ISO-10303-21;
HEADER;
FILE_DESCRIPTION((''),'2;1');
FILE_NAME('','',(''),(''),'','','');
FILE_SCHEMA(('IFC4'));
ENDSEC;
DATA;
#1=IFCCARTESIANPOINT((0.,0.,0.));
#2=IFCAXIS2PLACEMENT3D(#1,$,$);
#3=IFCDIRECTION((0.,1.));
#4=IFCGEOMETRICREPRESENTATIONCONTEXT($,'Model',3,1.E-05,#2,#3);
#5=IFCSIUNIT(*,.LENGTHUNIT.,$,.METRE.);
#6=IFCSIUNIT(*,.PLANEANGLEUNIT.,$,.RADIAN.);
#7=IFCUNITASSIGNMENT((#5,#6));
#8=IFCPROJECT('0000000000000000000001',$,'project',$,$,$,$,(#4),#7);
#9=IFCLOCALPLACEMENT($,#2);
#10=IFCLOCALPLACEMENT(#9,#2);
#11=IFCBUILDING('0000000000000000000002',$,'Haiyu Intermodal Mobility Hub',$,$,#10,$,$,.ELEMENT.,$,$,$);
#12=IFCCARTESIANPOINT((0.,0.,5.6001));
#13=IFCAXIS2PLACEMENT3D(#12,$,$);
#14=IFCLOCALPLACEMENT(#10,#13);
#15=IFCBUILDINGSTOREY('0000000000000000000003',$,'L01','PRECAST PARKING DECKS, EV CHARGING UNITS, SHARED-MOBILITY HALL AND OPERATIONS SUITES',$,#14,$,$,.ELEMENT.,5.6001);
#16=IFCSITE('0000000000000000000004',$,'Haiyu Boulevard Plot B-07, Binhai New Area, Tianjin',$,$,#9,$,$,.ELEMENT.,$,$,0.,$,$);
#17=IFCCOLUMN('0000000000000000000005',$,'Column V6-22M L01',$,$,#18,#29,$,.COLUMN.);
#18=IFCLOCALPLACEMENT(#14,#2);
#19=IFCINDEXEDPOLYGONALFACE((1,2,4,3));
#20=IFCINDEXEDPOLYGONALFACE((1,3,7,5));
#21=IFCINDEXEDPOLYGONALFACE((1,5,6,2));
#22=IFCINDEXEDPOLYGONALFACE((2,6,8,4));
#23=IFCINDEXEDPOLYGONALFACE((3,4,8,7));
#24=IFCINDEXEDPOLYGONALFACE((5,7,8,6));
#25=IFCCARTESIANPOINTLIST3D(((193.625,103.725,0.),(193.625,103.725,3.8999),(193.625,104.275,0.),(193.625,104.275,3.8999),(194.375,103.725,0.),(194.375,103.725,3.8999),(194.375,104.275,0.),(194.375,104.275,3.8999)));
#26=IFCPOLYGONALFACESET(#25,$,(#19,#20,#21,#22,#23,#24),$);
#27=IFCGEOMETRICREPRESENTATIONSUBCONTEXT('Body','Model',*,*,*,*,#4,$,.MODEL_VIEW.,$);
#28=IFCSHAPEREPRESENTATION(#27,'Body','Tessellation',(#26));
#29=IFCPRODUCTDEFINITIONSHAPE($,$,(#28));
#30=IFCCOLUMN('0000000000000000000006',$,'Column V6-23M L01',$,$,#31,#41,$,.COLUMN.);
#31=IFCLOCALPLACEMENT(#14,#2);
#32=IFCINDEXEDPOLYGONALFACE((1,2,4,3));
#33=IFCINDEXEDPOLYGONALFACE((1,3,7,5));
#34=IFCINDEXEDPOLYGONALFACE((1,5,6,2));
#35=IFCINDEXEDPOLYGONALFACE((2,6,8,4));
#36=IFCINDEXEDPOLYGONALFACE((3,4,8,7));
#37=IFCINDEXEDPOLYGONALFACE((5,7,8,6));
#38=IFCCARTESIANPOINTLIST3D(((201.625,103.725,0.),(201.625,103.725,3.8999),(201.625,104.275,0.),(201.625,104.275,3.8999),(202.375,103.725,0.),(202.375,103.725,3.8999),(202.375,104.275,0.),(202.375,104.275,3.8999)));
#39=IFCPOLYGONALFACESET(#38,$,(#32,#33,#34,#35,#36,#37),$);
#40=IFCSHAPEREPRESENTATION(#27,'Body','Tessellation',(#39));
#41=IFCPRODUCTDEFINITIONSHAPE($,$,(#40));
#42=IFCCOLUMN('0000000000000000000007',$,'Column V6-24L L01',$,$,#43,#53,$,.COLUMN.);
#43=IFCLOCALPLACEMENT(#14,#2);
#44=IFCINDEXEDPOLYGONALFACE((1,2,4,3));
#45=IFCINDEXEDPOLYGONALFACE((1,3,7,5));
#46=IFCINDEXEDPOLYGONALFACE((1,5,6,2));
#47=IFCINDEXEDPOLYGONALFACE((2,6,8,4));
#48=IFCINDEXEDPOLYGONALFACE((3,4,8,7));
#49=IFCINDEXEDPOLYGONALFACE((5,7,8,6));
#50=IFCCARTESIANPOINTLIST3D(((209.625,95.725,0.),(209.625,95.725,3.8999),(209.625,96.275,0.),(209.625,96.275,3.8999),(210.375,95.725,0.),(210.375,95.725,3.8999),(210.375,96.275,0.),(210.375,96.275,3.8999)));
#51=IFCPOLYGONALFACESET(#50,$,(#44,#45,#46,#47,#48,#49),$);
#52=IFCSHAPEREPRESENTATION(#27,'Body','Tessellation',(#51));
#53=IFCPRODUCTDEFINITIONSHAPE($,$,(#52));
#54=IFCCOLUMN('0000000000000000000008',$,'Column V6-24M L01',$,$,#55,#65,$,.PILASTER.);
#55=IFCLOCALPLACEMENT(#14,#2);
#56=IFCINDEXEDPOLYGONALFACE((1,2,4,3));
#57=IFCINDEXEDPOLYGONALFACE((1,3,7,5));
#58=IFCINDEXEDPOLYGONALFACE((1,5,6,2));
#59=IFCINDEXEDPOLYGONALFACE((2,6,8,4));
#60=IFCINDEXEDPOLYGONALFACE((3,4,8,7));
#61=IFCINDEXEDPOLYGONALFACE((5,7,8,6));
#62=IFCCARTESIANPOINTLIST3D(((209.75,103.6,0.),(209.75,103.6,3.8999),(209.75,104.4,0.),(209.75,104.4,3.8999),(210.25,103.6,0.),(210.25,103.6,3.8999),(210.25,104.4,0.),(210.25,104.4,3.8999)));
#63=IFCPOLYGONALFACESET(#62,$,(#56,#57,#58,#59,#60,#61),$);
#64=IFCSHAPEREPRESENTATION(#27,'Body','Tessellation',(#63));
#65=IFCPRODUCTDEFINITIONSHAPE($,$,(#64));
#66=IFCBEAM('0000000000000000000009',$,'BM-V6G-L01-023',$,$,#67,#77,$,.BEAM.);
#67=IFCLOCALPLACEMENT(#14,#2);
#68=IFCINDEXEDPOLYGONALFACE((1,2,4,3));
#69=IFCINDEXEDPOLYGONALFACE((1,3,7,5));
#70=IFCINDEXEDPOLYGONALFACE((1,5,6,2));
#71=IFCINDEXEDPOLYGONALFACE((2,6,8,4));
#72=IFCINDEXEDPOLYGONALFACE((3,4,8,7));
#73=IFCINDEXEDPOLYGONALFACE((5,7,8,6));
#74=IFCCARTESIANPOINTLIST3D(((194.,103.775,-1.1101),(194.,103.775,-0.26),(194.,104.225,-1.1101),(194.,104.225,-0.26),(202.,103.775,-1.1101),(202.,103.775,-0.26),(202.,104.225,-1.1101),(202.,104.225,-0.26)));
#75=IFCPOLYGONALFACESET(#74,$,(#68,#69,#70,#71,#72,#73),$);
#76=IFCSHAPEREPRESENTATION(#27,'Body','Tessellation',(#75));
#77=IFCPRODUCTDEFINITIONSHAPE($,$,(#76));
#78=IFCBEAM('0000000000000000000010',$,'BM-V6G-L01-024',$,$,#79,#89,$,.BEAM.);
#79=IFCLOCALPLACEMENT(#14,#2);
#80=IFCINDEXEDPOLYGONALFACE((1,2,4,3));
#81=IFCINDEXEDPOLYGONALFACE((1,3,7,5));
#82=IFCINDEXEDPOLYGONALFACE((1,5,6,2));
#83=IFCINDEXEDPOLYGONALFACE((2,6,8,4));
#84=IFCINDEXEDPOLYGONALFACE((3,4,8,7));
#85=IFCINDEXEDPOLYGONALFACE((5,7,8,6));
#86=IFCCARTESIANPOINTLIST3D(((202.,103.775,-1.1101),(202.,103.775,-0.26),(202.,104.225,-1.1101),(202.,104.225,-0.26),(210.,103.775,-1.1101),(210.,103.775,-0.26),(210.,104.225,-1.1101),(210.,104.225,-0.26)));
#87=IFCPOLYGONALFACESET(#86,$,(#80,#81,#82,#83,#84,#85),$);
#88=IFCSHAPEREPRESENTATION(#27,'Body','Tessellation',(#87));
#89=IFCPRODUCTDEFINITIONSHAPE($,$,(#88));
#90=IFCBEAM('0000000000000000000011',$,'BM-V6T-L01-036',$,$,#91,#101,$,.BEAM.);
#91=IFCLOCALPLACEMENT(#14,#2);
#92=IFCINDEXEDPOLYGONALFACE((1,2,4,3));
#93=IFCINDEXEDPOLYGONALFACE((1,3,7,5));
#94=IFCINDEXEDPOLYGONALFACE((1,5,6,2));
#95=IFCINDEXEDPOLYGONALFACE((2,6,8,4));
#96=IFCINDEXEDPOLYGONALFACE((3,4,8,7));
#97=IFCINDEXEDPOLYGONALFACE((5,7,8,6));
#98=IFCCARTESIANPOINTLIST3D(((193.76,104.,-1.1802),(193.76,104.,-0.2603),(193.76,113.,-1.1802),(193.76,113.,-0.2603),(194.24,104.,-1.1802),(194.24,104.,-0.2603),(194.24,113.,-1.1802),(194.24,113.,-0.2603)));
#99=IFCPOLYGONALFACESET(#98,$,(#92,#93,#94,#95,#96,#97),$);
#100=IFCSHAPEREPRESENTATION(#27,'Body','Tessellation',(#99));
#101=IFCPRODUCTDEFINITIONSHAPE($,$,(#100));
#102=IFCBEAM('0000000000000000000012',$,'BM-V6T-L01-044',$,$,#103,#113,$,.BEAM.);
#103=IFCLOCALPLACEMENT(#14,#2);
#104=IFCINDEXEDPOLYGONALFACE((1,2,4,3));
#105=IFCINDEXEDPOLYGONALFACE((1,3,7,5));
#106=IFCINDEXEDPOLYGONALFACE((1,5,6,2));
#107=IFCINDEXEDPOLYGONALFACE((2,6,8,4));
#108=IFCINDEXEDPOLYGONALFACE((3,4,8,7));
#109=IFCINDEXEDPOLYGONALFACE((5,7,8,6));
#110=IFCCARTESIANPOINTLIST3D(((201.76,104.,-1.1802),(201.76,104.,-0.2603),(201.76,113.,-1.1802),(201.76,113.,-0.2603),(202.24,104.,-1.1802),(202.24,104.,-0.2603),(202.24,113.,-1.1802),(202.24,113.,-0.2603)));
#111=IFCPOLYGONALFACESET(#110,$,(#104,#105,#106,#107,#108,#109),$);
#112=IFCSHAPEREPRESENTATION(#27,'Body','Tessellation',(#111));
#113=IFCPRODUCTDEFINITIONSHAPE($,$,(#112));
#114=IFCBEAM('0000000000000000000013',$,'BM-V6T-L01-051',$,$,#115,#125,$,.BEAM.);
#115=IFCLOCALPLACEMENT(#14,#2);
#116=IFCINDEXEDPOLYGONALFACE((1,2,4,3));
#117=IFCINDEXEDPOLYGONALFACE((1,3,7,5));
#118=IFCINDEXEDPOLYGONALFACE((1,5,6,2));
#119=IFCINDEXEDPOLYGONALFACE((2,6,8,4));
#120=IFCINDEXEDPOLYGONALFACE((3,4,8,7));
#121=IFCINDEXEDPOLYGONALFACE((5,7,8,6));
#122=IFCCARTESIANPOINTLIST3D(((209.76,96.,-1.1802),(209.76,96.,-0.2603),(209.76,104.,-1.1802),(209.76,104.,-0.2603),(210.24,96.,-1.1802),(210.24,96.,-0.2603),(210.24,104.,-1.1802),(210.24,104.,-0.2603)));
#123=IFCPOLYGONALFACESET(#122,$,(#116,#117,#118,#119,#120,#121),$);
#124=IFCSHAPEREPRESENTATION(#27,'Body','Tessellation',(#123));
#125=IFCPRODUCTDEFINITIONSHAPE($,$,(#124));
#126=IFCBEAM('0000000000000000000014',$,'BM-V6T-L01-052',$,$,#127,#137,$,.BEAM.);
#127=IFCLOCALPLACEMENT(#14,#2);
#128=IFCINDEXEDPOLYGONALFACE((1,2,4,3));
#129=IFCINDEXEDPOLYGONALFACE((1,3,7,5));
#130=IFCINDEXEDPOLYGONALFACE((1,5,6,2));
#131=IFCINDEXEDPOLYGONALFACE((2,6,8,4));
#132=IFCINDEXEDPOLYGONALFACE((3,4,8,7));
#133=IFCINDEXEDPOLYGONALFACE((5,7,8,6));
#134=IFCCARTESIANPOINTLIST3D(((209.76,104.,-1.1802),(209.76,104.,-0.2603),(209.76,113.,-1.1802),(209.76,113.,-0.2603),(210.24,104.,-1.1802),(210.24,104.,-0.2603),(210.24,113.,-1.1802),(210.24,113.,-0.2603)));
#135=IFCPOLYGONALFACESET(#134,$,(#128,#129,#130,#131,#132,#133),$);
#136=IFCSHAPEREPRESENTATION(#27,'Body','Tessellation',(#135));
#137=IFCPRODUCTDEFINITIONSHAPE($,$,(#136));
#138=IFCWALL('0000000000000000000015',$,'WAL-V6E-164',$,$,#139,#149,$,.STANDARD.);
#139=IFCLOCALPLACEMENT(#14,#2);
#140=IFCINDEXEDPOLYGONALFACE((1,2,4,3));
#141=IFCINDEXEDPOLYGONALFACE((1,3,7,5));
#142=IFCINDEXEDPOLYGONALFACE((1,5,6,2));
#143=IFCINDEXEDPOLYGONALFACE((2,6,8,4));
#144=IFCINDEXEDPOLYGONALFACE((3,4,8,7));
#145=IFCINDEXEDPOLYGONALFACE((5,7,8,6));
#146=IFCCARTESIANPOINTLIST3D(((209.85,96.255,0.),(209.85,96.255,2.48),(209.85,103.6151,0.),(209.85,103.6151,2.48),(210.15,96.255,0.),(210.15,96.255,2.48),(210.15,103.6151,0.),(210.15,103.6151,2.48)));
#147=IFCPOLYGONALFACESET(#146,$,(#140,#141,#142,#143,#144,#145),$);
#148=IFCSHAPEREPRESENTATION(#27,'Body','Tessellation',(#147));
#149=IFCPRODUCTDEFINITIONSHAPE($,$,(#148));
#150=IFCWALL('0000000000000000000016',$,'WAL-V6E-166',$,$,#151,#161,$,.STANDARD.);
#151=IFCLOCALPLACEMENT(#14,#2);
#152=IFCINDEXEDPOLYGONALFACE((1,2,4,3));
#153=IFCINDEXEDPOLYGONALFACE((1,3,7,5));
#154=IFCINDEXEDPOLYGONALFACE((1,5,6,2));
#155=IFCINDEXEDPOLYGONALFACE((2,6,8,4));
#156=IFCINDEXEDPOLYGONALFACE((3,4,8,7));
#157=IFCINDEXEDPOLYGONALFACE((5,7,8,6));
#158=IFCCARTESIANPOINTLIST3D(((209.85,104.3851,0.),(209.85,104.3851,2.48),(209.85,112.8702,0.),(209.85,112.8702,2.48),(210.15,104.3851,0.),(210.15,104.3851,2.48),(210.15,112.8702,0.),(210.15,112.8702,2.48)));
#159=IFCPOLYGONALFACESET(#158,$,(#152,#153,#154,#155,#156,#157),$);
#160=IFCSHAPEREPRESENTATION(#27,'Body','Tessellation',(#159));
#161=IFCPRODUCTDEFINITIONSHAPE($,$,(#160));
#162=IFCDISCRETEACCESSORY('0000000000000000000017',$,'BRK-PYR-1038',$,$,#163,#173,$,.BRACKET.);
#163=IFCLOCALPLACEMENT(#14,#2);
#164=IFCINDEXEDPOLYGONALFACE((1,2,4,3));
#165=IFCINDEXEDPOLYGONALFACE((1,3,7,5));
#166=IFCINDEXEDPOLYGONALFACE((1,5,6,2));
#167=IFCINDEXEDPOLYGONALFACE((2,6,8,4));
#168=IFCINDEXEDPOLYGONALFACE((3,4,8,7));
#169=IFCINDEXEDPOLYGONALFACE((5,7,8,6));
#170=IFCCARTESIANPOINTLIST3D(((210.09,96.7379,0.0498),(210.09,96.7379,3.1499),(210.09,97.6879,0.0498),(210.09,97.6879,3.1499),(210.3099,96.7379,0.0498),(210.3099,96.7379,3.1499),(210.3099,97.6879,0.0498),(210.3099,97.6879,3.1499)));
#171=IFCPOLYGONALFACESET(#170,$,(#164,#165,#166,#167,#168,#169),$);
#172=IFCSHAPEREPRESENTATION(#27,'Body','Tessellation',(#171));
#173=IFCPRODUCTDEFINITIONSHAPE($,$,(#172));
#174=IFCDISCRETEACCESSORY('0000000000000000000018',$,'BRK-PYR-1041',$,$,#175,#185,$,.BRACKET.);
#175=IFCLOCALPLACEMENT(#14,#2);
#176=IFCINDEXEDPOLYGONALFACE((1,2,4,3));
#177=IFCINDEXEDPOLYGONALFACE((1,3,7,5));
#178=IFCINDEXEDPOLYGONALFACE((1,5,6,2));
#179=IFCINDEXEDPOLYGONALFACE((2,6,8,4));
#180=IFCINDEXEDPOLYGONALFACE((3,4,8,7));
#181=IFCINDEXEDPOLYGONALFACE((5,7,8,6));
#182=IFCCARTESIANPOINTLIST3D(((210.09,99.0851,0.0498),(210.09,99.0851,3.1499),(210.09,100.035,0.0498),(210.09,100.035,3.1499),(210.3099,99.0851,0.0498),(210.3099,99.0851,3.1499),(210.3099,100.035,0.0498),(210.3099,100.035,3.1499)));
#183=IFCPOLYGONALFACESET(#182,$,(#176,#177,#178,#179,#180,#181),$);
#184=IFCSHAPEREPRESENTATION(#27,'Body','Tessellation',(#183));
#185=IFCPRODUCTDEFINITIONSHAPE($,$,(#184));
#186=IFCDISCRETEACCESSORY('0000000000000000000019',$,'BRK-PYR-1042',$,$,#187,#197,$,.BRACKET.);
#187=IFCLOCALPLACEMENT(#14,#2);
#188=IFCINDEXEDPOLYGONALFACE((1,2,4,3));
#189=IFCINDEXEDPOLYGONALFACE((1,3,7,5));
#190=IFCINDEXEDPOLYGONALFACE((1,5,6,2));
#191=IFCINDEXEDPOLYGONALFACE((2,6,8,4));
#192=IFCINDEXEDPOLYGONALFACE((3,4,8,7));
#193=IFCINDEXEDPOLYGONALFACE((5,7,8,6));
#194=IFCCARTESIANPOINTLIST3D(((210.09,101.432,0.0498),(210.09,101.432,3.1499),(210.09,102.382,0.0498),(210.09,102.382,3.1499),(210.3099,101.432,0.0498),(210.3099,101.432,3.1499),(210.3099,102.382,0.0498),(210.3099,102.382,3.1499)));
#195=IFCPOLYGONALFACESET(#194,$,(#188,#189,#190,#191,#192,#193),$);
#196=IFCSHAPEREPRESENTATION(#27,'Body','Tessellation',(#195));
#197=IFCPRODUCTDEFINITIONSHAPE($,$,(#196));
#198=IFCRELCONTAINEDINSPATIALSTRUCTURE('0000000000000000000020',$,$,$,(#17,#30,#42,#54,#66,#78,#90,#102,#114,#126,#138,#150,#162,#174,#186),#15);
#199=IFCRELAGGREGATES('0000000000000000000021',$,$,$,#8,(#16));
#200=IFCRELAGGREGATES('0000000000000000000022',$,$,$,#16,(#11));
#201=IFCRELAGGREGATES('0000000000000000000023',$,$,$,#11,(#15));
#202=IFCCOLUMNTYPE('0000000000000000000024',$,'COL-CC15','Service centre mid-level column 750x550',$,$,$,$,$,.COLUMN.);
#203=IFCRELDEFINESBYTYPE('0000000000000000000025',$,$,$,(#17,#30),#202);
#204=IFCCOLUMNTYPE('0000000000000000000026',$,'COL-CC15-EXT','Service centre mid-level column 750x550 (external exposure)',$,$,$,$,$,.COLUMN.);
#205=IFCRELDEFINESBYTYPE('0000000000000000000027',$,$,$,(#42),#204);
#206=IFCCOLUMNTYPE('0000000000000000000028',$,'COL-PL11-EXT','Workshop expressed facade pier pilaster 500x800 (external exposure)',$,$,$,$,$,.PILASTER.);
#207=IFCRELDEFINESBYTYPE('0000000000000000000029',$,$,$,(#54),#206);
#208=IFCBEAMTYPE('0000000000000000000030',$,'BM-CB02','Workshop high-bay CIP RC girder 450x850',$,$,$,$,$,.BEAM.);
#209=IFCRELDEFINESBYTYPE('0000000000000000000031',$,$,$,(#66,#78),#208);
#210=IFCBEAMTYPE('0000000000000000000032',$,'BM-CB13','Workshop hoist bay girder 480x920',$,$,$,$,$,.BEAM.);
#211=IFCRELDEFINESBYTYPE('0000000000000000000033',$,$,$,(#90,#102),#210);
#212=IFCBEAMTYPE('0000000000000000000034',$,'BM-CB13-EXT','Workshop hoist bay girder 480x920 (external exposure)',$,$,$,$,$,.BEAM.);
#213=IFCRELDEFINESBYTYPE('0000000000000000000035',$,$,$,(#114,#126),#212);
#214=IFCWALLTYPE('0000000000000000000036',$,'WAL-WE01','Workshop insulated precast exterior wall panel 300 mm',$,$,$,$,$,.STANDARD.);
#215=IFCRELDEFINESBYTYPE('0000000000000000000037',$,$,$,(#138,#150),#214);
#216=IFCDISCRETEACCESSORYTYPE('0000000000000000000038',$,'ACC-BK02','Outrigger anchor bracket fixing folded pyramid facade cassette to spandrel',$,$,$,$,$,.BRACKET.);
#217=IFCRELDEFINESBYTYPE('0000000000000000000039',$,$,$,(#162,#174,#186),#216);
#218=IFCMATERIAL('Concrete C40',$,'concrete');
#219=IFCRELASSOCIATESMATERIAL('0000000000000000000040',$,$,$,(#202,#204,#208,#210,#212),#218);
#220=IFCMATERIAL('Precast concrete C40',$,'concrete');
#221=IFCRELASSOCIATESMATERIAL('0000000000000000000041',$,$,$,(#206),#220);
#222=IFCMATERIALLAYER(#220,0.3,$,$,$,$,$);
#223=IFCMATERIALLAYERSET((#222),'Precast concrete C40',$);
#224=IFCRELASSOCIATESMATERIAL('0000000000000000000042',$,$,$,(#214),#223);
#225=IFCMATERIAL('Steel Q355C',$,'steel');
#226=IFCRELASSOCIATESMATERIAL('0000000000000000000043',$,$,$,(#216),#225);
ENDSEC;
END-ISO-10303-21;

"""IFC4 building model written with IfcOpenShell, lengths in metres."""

from ifc_helpers import new_model, si_unit, direction, frame, frame_2d, origin, origin_2d, place, context, subcontext, project, spatial, rectangle, extrude, material, layer, layer_set, material_profile, profile_set, type_object, element, save


model = new_model("IFC4")

# Units and contexts
model_context = context("Model", 3, precision=1e-05, world=origin(), true_north=direction((0.0, 1.0)))
body_context = subcontext(model_context, "Body", "Model", "MODEL_VIEW")
ifc_project = project(units=[si_unit("LENGTHUNIT", "METRE"), si_unit("PLANEANGLEUNIT", "RADIAN")], contexts=[model_context])

# Site, building, storey
site_placement = place(None, origin())
site = spatial("IfcSite", under=ifc_project, at=site_placement, Name="Haiyu Boulevard Plot B-07, Binhai New Area, Tianjin", CompositionType="ELEMENT", RefElevation=0.0)
building_placement = place(site_placement, origin())
building = spatial("IfcBuilding", under=site, at=building_placement, Name="Haiyu Intermodal Mobility Hub", CompositionType="ELEMENT")
storey_placement = place(building_placement, frame((0.0, 0.0, 5.6001)))
storey = spatial("IfcBuildingStorey", under=building, at=storey_placement, Name="L01", Description="PRECAST PARKING DECKS, EV CHARGING UNITS, SHARED-MOBILITY HALL AND OPERATIONS SUITES", CompositionType="ELEMENT", Elevation=5.6001)

# Columns
ifc_material_1 = material(Name="Concrete C40", Category="concrete")
ifc_material_profile_1 = material_profile(ifc_material_1, rectangle(XDim=0.75, YDim=0.55, at=origin_2d()), Name="C750x550")
ifc_profile_set_1 = profile_set([ifc_material_profile_1], Name="Concrete C40")
column_type_1 = type_object("IfcColumnType", Name="COL-CC15", Description="Service centre mid-level column 750x550", PredefinedType="COLUMN", material=ifc_profile_set_1)
for number, where, z_axis, x_axis, name in (
    (1, (194.0, 104.0, 0.0), (0.0, 0.0, 1.0), (1.0, 0.0, 0.0), "Column V6-22M L01"),
    (2, (202.0, 104.0, 0.0), (0.0, 0.0, 1.0), (1.0, 0.0, 0.0), "Column V6-23M L01"),
):
    element("IfcColumn", number, at=place(storey_placement, frame(where, z_axis=z_axis, x_axis=x_axis)), inside=storey, type_object=column_type_1, Name=name, PredefinedType="COLUMN", context=body_context, shape_type="SweptSolid", body=[
        extrude(rectangle(XDim=0.75, YDim=0.55, at=origin_2d()), origin(), (0.0, 0.0, 1.0), 3.8999),
    ])
ifc_material_profile_2 = material_profile(ifc_material_1, rectangle(XDim=0.75, YDim=0.55, at=origin_2d()), Name="C750x550")
ifc_profile_set_2 = profile_set([ifc_material_profile_2], Name="Concrete C40")
column_type_2 = type_object("IfcColumnType", Name="COL-CC15-EXT", Description="Service centre mid-level column 750x550 (external exposure)", PredefinedType="COLUMN", material=ifc_profile_set_2)
column_1_placement = place(storey_placement, frame((210.0, 96.0, 0.0), z_axis=(0.0, 0.0, 1.0), x_axis=(1.0, 0.0, 0.0)))
element("IfcColumn", 3, at=column_1_placement, inside=storey, type_object=column_type_2, Name="Column V6-24L L01", PredefinedType="COLUMN", context=body_context, shape_type="SweptSolid", body=[
    extrude(rectangle(XDim=0.75, YDim=0.55, at=origin_2d()), origin(), (0.0, 0.0, 1.0), 3.8999),
])
ifc_material_2 = material(Name="Precast concrete C40", Category="concrete")
ifc_material_profile_3 = material_profile(ifc_material_2, rectangle(XDim=0.5, YDim=0.8, at=origin_2d()), Name="RC500x800")
ifc_profile_set_3 = profile_set([ifc_material_profile_3], Name="Precast concrete C40")
column_type_3 = type_object("IfcColumnType", Name="COL-PL11-EXT", Description="Workshop expressed facade pier pilaster 500x800 (external exposure)", PredefinedType="PILASTER", material=ifc_profile_set_3)
column_2_placement = place(storey_placement, frame((210.0, 104.0, 0.0), z_axis=(0.0, 0.0, 1.0), x_axis=(1.0, 0.0, 0.0)))
element("IfcColumn", 4, at=column_2_placement, inside=storey, type_object=column_type_3, Name="Column V6-24M L01", PredefinedType="PILASTER", context=body_context, shape_type="SweptSolid", body=[
    extrude(rectangle(XDim=0.5, YDim=0.8, at=origin_2d()), origin(), (0.0, 0.0, 1.0), 3.8999),
])

# Beams
ifc_material_profile_4 = material_profile(ifc_material_1, rectangle(XDim=0.45, YDim=0.8501, at=origin_2d()), Name="RCB450x850")
ifc_profile_set_4 = profile_set([ifc_material_profile_4], Name="Concrete C40")
beam_type_1 = type_object("IfcBeamType", Name="BM-CB02", Description="Workshop high-bay CIP RC girder 450x850", PredefinedType="BEAM", material=ifc_profile_set_4)
for number, where, z_axis, x_axis, name in (
    (5, (194.0, 104.0, -0.6851), (1.0, 0.0, 0.0), (0.0, 1.0, 0.0), "BM-V6G-L01-023"),
    (6, (202.0, 104.0, -0.6851), (1.0, 0.0, 0.0), (0.0, 1.0, 0.0), "BM-V6G-L01-024"),
):
    element("IfcBeam", number, at=place(storey_placement, frame(where, z_axis=z_axis, x_axis=x_axis)), inside=storey, type_object=beam_type_1, Name=name, PredefinedType="BEAM", context=body_context, shape_type="SweptSolid", body=[
        extrude(rectangle(XDim=0.45, YDim=0.8501, at=origin_2d()), origin(), (0.0, 0.0, 1.0), 8.0),
    ])
ifc_material_profile_5 = material_profile(ifc_material_1, rectangle(XDim=0.48, YDim=0.9199, at=origin_2d()), Name="B480x920")
ifc_profile_set_5 = profile_set([ifc_material_profile_5], Name="Concrete C40")
beam_type_2 = type_object("IfcBeamType", Name="BM-CB13", Description="Workshop hoist bay girder 480x920", PredefinedType="BEAM", material=ifc_profile_set_5)
for number, where, z_axis, x_axis, name in (
    (7, (194.0, 104.0, -0.7202), (0.0, 1.0, 0.0), (-1.0, 0.0, 0.0), "BM-V6T-L01-036"),
    (8, (202.0, 104.0, -0.7202), (0.0, 1.0, 0.0), (-1.0, 0.0, 0.0), "BM-V6T-L01-044"),
):
    element("IfcBeam", number, at=place(storey_placement, frame(where, z_axis=z_axis, x_axis=x_axis)), inside=storey, type_object=beam_type_2, Name=name, PredefinedType="BEAM", context=body_context, shape_type="SweptSolid", body=[
        extrude(rectangle(XDim=0.48, YDim=0.9199, at=origin_2d()), origin(), (0.0, 0.0, 1.0), 9.0),
    ])
ifc_material_profile_6 = material_profile(ifc_material_1, rectangle(XDim=0.48, YDim=0.9199, at=origin_2d()), Name="B480x920")
ifc_profile_set_6 = profile_set([ifc_material_profile_6], Name="Concrete C40")
beam_type_3 = type_object("IfcBeamType", Name="BM-CB13-EXT", Description="Workshop hoist bay girder 480x920 (external exposure)", PredefinedType="BEAM", material=ifc_profile_set_6)
beam_1_placement = place(storey_placement, frame((210.0, 96.0, -0.7202), z_axis=(0.0, 1.0, 0.0), x_axis=(-1.0, 0.0, 0.0)))
element("IfcBeam", 9, at=beam_1_placement, inside=storey, type_object=beam_type_3, Name="BM-V6T-L01-051", PredefinedType="BEAM", context=body_context, shape_type="SweptSolid", body=[
    extrude(rectangle(XDim=0.48, YDim=0.9199, at=origin_2d()), origin(), (0.0, 0.0, 1.0), 8.0),
])
beam_2_placement = place(storey_placement, frame((210.0, 104.0, -0.7202), z_axis=(0.0, 1.0, 0.0), x_axis=(-1.0, 0.0, 0.0)))
element("IfcBeam", 10, at=beam_2_placement, inside=storey, type_object=beam_type_3, Name="BM-V6T-L01-052", PredefinedType="BEAM", context=body_context, shape_type="SweptSolid", body=[
    extrude(rectangle(XDim=0.48, YDim=0.9199, at=origin_2d()), origin(), (0.0, 0.0, 1.0), 9.0),
])

# Walls
ifc_layer = layer(ifc_material_2, 0.3)
ifc_layer_set = layer_set([ifc_layer], Name="Precast concrete C40")
wall_type = type_object("IfcWallType", Name="WAL-WE01", Description="Workshop insulated precast exterior wall panel 300 mm", PredefinedType="STANDARD", material=ifc_layer_set)
wall_1_placement = place(storey_placement, frame((210.0, 96.2549, 0.0), z_axis=(0.0, 0.0, 1.0), x_axis=(0.0, 1.0, 0.0)))
element("IfcWall", 11, at=wall_1_placement, inside=storey, type_object=wall_type, Name="WAL-V6E-164", PredefinedType="STANDARD", context=body_context, shape_type="SweptSolid", body=[
    extrude(rectangle(XDim=7.3601, YDim=0.3, at=frame_2d((3.6802, 0.0))), origin(), (0.0, 0.0, 1.0), 2.48),
])
wall_2_placement = place(storey_placement, frame((210.0, 104.385, 0.0), z_axis=(0.0, 0.0, 1.0), x_axis=(0.0, 1.0, 0.0)))
element("IfcWall", 12, at=wall_2_placement, inside=storey, type_object=wall_type, Name="WAL-V6E-166", PredefinedType="STANDARD", context=body_context, shape_type="SweptSolid", body=[
    extrude(rectangle(XDim=8.4851, YDim=0.3, at=frame_2d((4.2427, 0.0))), origin(), (0.0, 0.0, 1.0), 2.48),
])

# Discrete accessories
ifc_material_3 = material(Name="Steel Q355C", Category="steel")
discrete_accessory_type = type_object("IfcDiscreteAccessoryType", Name="ACC-BK02", Description="Outrigger anchor bracket fixing folded pyramid facade cassette to spandrel", PredefinedType="BRACKET", material=ifc_material_3)
for number, where, z_axis, x_axis, name in (
    (13, (210.2, 97.2129, 0.0498), (0.0, 0.0, 1.0), (1.0, 0.0, 0.0), "BRK-PYR-1038"),
    (14, (210.2, 99.5601, 0.0498), (0.0, 0.0, 1.0), (1.0, 0.0, 0.0), "BRK-PYR-1041"),
    (15, (210.2, 101.907, 0.0498), (0.0, 0.0, 1.0), (1.0, 0.0, 0.0), "BRK-PYR-1042"),
):
    element("IfcDiscreteAccessory", number, at=place(storey_placement, frame(where, z_axis=z_axis, x_axis=x_axis)), inside=storey, type_object=discrete_accessory_type, Name=name, PredefinedType="BRACKET", context=body_context, shape_type="SweptSolid", body=[
        extrude(rectangle(XDim=0.22, YDim=0.95, at=origin_2d()), origin(), (0.0, 0.0, 1.0), 3.1001),
    ])

save(model, "model.ifc")
